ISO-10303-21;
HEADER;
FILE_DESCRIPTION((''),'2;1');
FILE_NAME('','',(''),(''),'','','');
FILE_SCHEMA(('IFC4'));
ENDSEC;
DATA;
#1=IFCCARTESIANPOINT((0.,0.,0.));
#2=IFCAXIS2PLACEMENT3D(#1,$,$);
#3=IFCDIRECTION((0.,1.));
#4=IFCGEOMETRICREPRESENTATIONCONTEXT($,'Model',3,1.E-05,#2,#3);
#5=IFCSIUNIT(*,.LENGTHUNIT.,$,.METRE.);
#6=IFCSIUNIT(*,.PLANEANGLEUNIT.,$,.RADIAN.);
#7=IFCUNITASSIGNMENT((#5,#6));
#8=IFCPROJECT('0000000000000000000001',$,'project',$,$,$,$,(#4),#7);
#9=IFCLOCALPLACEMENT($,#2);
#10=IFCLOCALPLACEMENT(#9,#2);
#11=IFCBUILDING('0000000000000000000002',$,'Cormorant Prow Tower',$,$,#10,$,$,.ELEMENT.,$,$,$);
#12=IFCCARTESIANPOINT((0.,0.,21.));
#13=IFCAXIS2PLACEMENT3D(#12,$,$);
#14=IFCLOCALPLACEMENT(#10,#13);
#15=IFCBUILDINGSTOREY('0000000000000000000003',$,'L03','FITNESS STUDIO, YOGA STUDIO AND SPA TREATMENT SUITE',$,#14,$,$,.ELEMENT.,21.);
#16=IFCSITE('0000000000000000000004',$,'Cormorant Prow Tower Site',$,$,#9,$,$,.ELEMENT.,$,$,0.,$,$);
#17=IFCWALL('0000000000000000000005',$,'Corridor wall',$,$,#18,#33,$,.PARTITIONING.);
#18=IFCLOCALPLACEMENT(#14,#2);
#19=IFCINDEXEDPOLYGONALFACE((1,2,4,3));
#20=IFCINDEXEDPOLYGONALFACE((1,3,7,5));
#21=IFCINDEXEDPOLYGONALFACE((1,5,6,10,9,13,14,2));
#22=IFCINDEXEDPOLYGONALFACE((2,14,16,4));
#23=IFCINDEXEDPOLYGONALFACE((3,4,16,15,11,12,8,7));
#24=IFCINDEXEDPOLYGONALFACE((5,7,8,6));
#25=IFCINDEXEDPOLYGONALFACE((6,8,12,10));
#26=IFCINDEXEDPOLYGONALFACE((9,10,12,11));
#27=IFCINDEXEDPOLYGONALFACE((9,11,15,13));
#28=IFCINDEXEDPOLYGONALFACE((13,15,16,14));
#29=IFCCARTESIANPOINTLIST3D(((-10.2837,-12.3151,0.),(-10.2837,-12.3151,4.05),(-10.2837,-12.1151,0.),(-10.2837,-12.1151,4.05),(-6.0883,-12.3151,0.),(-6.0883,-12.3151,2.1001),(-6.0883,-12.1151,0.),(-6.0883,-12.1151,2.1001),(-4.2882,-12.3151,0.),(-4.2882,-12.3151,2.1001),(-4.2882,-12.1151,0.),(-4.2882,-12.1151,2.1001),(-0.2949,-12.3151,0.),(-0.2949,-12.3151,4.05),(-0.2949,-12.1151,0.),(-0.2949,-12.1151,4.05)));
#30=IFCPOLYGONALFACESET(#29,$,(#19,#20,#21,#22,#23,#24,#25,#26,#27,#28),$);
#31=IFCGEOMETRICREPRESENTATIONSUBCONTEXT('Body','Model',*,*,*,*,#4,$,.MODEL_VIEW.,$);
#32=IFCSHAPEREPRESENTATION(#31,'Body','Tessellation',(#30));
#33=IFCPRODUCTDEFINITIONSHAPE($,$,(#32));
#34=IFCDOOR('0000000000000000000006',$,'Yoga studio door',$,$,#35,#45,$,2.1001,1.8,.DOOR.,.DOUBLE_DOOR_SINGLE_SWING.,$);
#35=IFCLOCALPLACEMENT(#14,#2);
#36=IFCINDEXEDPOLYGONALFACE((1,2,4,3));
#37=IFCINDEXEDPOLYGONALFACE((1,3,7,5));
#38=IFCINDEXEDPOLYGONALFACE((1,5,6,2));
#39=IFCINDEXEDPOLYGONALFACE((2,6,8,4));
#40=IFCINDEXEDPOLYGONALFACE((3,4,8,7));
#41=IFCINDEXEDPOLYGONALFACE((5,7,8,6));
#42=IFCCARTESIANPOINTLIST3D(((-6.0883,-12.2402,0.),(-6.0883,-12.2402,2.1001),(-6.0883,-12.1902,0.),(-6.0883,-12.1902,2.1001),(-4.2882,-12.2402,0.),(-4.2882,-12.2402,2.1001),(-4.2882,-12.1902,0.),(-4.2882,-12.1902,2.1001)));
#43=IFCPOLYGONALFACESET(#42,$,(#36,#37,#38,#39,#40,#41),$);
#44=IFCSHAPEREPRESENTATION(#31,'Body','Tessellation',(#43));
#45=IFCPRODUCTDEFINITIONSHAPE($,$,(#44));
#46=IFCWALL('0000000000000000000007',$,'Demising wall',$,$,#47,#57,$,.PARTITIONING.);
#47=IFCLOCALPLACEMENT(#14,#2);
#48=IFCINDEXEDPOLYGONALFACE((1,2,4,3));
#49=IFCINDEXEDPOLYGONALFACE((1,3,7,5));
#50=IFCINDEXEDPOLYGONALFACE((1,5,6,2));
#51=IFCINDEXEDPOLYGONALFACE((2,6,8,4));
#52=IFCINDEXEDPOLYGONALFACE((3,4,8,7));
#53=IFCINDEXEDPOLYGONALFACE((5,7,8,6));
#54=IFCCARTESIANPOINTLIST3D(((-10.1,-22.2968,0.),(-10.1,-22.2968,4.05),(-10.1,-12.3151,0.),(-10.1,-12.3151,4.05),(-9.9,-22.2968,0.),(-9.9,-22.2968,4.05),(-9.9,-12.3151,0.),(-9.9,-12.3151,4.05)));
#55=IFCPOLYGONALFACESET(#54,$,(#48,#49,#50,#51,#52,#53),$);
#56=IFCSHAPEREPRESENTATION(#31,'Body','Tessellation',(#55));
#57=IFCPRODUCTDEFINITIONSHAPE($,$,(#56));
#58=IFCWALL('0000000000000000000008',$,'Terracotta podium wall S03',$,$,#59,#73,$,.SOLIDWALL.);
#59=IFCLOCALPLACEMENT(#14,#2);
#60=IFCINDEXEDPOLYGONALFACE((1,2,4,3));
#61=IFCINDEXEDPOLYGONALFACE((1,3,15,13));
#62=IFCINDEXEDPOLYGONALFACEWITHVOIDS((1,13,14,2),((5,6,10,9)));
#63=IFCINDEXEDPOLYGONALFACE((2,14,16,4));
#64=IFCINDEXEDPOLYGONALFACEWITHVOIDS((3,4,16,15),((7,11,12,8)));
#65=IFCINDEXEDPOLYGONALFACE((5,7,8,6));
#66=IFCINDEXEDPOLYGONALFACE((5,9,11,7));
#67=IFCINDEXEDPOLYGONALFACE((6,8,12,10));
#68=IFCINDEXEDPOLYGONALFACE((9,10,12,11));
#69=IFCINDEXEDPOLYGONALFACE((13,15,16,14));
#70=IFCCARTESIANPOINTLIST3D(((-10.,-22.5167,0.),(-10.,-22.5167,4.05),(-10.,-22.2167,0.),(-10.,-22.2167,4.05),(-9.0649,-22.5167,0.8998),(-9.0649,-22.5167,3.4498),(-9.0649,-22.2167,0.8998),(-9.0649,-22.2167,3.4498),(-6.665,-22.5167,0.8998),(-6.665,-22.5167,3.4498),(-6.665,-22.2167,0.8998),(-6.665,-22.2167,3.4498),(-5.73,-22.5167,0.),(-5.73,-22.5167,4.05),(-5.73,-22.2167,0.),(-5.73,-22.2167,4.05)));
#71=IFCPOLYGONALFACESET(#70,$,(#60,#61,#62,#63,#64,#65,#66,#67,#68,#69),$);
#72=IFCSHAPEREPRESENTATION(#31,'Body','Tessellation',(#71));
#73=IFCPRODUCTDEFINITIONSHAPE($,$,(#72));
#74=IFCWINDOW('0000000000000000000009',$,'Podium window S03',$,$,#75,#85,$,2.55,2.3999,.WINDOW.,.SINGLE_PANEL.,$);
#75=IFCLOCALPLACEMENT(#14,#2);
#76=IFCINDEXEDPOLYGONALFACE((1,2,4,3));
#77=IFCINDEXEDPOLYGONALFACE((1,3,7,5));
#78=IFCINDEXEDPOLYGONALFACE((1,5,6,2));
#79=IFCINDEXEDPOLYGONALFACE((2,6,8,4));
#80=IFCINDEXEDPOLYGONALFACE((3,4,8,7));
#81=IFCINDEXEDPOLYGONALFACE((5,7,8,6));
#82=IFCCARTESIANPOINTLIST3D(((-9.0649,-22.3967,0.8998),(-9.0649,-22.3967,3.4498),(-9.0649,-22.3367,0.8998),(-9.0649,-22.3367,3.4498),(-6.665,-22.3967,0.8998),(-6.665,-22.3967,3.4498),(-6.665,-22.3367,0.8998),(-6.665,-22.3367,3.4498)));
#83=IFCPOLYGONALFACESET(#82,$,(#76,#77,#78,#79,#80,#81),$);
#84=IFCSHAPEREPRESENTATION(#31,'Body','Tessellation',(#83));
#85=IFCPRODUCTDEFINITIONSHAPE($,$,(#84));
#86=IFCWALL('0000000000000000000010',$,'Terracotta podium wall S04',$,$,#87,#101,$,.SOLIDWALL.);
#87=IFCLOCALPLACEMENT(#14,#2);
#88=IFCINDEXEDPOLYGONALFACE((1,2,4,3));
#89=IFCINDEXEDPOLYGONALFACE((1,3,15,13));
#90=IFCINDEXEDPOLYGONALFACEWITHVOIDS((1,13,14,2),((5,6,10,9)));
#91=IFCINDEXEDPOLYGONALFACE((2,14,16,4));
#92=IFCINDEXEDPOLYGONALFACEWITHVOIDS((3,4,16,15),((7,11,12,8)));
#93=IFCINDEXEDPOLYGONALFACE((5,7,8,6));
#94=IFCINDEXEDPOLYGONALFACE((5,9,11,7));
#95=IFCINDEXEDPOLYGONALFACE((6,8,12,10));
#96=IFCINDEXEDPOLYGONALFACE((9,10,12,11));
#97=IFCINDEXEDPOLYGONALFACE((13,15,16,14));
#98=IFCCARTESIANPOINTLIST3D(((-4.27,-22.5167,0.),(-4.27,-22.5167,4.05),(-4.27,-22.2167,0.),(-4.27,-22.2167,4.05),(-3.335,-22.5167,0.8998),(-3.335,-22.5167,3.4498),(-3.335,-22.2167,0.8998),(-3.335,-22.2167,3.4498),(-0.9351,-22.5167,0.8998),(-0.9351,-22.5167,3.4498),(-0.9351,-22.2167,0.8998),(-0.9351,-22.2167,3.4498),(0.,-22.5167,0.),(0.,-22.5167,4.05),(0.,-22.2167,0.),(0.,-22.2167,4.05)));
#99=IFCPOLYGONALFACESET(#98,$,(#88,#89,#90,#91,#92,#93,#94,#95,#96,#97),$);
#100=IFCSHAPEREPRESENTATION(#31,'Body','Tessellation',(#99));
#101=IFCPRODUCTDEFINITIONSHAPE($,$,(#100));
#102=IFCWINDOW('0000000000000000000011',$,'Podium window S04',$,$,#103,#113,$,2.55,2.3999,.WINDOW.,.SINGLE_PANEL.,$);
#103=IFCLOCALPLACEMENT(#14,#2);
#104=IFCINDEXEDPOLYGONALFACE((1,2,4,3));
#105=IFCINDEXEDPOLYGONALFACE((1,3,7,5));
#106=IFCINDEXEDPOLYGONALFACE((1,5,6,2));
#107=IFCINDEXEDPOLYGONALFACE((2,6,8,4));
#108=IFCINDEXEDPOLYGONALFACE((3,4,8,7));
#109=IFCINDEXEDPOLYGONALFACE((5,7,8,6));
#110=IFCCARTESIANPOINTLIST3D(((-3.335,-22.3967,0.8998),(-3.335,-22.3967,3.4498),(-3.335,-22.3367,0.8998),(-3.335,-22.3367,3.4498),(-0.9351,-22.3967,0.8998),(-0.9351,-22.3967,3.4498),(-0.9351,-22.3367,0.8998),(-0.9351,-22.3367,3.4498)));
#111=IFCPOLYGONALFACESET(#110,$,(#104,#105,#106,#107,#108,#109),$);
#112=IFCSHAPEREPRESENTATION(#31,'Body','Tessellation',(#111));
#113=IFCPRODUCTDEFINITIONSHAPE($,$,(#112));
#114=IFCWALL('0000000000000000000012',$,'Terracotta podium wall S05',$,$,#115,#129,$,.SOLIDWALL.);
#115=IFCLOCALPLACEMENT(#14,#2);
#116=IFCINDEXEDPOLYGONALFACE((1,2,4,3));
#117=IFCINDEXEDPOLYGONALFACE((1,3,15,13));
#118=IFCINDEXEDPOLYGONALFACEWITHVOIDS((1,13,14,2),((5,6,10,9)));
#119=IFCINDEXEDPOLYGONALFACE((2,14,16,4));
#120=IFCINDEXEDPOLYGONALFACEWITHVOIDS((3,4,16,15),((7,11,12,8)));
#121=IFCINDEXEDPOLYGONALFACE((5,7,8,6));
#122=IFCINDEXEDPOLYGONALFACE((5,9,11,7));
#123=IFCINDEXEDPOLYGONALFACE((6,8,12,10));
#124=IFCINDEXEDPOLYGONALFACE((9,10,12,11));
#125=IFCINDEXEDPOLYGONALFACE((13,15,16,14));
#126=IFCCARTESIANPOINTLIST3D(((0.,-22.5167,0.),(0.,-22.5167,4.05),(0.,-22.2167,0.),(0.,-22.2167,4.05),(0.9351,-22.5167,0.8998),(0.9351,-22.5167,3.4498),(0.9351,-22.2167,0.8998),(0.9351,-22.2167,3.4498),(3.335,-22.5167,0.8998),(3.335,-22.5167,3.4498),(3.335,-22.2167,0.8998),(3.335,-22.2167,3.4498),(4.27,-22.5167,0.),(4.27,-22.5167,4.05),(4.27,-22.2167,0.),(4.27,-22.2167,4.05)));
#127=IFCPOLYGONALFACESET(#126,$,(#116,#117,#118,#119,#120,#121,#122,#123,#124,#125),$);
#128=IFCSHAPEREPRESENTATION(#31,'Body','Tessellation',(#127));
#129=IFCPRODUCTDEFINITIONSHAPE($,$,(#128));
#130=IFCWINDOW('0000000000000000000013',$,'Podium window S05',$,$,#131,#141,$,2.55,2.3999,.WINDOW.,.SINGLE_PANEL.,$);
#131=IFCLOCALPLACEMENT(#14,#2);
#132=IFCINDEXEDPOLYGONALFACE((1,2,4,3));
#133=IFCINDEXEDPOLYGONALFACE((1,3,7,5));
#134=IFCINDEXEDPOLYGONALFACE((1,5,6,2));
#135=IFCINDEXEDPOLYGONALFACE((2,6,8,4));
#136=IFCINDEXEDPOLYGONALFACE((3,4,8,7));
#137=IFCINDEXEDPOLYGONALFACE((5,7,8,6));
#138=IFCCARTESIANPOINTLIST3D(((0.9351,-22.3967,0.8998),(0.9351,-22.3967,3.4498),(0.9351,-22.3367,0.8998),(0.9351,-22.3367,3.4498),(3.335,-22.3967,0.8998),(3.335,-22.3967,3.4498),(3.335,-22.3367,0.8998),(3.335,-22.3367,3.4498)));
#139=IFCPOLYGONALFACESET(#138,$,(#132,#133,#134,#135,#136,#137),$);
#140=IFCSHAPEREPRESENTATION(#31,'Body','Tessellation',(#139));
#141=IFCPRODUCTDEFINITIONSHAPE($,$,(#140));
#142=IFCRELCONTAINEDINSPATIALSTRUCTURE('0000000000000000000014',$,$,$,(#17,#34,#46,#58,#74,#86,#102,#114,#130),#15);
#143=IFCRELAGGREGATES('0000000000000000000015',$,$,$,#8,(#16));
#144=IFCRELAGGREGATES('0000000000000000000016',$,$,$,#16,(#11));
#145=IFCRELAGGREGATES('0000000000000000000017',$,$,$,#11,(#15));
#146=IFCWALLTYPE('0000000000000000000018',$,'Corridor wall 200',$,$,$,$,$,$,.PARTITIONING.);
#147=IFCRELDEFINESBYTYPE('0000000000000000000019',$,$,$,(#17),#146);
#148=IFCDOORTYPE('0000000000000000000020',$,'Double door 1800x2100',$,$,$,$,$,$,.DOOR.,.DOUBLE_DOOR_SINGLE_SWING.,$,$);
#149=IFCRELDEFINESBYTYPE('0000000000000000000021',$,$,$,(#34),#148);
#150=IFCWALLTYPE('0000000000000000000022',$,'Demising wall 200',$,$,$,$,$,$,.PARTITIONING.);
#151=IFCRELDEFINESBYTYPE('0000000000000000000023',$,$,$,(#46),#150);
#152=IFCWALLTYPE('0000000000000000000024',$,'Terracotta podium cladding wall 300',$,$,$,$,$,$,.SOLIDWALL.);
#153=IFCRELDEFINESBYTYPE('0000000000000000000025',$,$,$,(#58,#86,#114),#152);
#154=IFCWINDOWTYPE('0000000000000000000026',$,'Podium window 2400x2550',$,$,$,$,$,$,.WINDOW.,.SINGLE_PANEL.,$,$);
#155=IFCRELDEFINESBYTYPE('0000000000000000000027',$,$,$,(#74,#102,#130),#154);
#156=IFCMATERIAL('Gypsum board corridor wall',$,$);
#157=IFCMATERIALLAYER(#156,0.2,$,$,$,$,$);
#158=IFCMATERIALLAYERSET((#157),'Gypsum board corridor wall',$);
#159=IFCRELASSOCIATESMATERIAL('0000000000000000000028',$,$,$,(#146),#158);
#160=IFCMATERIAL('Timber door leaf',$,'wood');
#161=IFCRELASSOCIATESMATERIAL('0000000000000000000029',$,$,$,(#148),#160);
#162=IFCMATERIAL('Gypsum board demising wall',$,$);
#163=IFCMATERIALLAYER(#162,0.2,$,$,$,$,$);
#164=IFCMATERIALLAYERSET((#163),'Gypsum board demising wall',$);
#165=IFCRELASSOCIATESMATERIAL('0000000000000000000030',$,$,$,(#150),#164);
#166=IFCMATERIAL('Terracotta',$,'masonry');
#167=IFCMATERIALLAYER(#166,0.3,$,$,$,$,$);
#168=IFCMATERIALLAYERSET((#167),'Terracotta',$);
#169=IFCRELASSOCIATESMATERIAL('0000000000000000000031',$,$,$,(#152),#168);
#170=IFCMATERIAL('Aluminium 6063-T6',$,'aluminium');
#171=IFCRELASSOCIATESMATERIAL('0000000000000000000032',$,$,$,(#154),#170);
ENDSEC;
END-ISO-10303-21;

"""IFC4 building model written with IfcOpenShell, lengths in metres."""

from ifc_helpers import new_model, si_unit, direction, frame, frame_2d, origin, place, context, subcontext, project, spatial, rectangle, extrude, material, layer, layer_set, type_object, element, fill, save


model = new_model("IFC4")

# Units and contexts
model_context = context("Model", 3, precision=1e-05, world=origin(), true_north=direction((0.0, 1.0)))
body_context = subcontext(model_context, "Body", "Model", "MODEL_VIEW")
ifc_project = project(units=[si_unit("LENGTHUNIT", "METRE"), si_unit("PLANEANGLEUNIT", "RADIAN")], contexts=[model_context])

# Site, building, storey
site_placement = place(None, origin())
site = spatial("IfcSite", under=ifc_project, at=site_placement, Name="Cormorant Prow Tower Site", CompositionType="ELEMENT", RefElevation=0.0)
building_placement = place(site_placement, origin())
building = spatial("IfcBuilding", under=site, at=building_placement, Name="Cormorant Prow Tower", CompositionType="ELEMENT")
storey_placement = place(building_placement, frame((0.0, 0.0, 21.0)))
storey = spatial("IfcBuildingStorey", under=building, at=storey_placement, Name="L03", Description="FITNESS STUDIO, YOGA STUDIO AND SPA TREATMENT SUITE", CompositionType="ELEMENT", Elevation=21.0)

# Wall, opening, door
ifc_material_1 = material(Name="Gypsum board corridor wall")
ifc_layer_1 = layer(ifc_material_1, 0.2)
ifc_layer_set_1 = layer_set([ifc_layer_1], Name="Gypsum board corridor wall")
wall_type_1 = type_object("IfcWallType", Name="Corridor wall 200", PredefinedType="PARTITIONING", material=ifc_layer_set_1)
wall_1_placement = place(storey_placement, frame((-10.2837, -12.2151, 0.0), z_axis=(0.0, 0.0, 1.0), x_axis=(1.0, 0.0, 0.0)))
wall_1 = element("IfcWall", 1, at=wall_1_placement, inside=storey, type_object=wall_type_1, Name="Corridor wall", PredefinedType="PARTITIONING", context=body_context, shape_type="SweptSolid", body=[
    extrude(rectangle(XDim=9.9888, YDim=0.2, at=frame_2d((4.9944, 0.0))), origin(), (0.0, 0.0, 1.0), 4.05),
])
opening_1_placement = place(wall_1_placement, frame((4.1956, 0.0, 0.0)))
opening_1 = element("IfcOpeningElement", 2, at=opening_1_placement, cuts=wall_1, PredefinedType="OPENING", context=body_context, shape_type="SweptSolid", body=[
    extrude(rectangle(XDim=1.8, YDim=2.1001, at=frame_2d((0.8999, 1.05))), frame((0.0, 0.1099, 0.0), z_axis=(0.0, -1.0, 0.0), x_axis=(1.0, 0.0, 0.0)), (0.0, 0.0, 1.0), 0.22),
])
ifc_material_2 = material(Name="Timber door leaf", Category="wood")
door_type_1 = type_object("IfcDoorType", Name="Double door 1800x2100", OperationType="DOUBLE_DOOR_SINGLE_SWING", PredefinedType="DOOR", material=ifc_material_2)
door_1_placement = place(opening_1_placement, origin())
door_1 = element("IfcDoor", 3, at=door_1_placement, inside=storey, type_object=door_type_1, Name="Yoga studio door", OperationType="DOUBLE_DOOR_SINGLE_SWING", OverallHeight=2.1001, OverallWidth=1.8, PredefinedType="DOOR", context=body_context, shape_type="SweptSolid", body=[
    extrude(rectangle(XDim=1.8, YDim=2.1001, at=frame_2d((0.8999, 1.05))), frame((0.0, 0.0249, 0.0), z_axis=(0.0, -1.0, 0.0), x_axis=(1.0, 0.0, 0.0)), (0.0, 0.0, 1.0), 0.05),
])
fill(opening_1, door_1)

# Wall
ifc_material_3 = material(Name="Gypsum board demising wall")
ifc_layer_2 = layer(ifc_material_3, 0.2)
ifc_layer_set_2 = layer_set([ifc_layer_2], Name="Gypsum board demising wall")
wall_type_2 = type_object("IfcWallType", Name="Demising wall 200", PredefinedType="PARTITIONING", material=ifc_layer_set_2)
wall_2_placement = place(storey_placement, frame((-10.0, -22.2966, 0.0), z_axis=(0.0, 0.0, 1.0), x_axis=(0.0, 1.0, 0.0)))
element("IfcWall", 4, at=wall_2_placement, inside=storey, type_object=wall_type_2, Name="Demising wall", PredefinedType="PARTITIONING", context=body_context, shape_type="SweptSolid", body=[
    extrude(rectangle(XDim=9.9817, YDim=0.2, at=frame_2d((4.9907, 0.0))), origin(), (0.0, 0.0, 1.0), 4.05),
])

# Walls, openings, windows
ifc_material_4 = material(Name="Terracotta", Category="masonry")
ifc_layer_3 = layer(ifc_material_4, 0.3)
ifc_layer_set_3 = layer_set([ifc_layer_3], Name="Terracotta")
wall_type_3 = type_object("IfcWallType", Name="Terracotta podium cladding wall 300", PredefinedType="SOLIDWALL", material=ifc_layer_set_3)
wall_3_placement = place(storey_placement, frame((-10.0, -22.3667, 0.0), z_axis=(0.0, 0.0, 1.0), x_axis=(1.0, 0.0, 0.0)))
wall_3 = element("IfcWall", 5, at=wall_3_placement, inside=storey, type_object=wall_type_3, Name="Terracotta podium wall S03", PredefinedType="SOLIDWALL", context=body_context, shape_type="SweptSolid", body=[
    extrude(rectangle(XDim=4.27, YDim=0.3, at=frame_2d((2.135, 0.0))), origin(), (0.0, 0.0, 1.0), 4.05),
])
opening_2_placement = place(wall_3_placement, frame((0.9351, 0.0, 0.8999)))
opening_2 = element("IfcOpeningElement", 6, at=opening_2_placement, cuts=wall_3, PredefinedType="OPENING", context=body_context, shape_type="SweptSolid", body=[
    extrude(rectangle(XDim=2.3999, YDim=2.55, at=frame_2d((1.2, 1.2749))), frame((0.0, 0.1599, 0.0), z_axis=(0.0, -1.0, 0.0), x_axis=(1.0, 0.0, 0.0)), (0.0, 0.0, 1.0), 0.3201),
])
ifc_material_5 = material(Name="Aluminium 6063-T6", Category="aluminium")
window_type = type_object("IfcWindowType", Name="Podium window 2400x2550", PartitioningType="SINGLE_PANEL", PredefinedType="WINDOW", material=ifc_material_5)
window_1_placement = place(opening_2_placement, origin())
window_1 = element("IfcWindow", 7, at=window_1_placement, inside=storey, type_object=window_type, Name="Podium window S03", OverallHeight=2.55, OverallWidth=2.3999, PartitioningType="SINGLE_PANEL", PredefinedType="WINDOW", context=body_context, shape_type="SweptSolid", body=[
    extrude(rectangle(XDim=2.3999, YDim=2.55, at=frame_2d((1.2, 1.2749))), frame((0.0, 0.03, 0.0), z_axis=(0.0, -1.0, 0.0), x_axis=(1.0, 0.0, 0.0)), (0.0, 0.0, 1.0), 0.0601),
])
fill(opening_2, window_1)
wall_4_placement = place(storey_placement, frame((-4.27, -22.3667, 0.0), z_axis=(0.0, 0.0, 1.0), x_axis=(1.0, 0.0, 0.0)))
wall_4 = element("IfcWall", 8, at=wall_4_placement, inside=storey, type_object=wall_type_3, Name="Terracotta podium wall S04", PredefinedType="SOLIDWALL", context=body_context, shape_type="SweptSolid", body=[
    extrude(rectangle(XDim=4.27, YDim=0.3, at=frame_2d((2.135, 0.0))), origin(), (0.0, 0.0, 1.0), 4.05),
])
opening_3_placement = place(wall_4_placement, frame((0.9351, 0.0, 0.8999)))
opening_3 = element("IfcOpeningElement", 9, at=opening_3_placement, cuts=wall_4, PredefinedType="OPENING", context=body_context, shape_type="SweptSolid", body=[
    extrude(rectangle(XDim=2.3999, YDim=2.55, at=frame_2d((1.2, 1.2749))), frame((0.0, 0.1599, 0.0), z_axis=(0.0, -1.0, 0.0), x_axis=(1.0, 0.0, 0.0)), (0.0, 0.0, 1.0), 0.3201),
])
window_2_placement = place(opening_3_placement, origin())
window_2 = element("IfcWindow", 10, at=window_2_placement, inside=storey, type_object=window_type, Name="Podium window S04", OverallHeight=2.55, OverallWidth=2.3999, PartitioningType="SINGLE_PANEL", PredefinedType="WINDOW", context=body_context, shape_type="SweptSolid", body=[
    extrude(rectangle(XDim=2.3999, YDim=2.55, at=frame_2d((1.2, 1.2749))), frame((0.0, 0.03, 0.0), z_axis=(0.0, -1.0, 0.0), x_axis=(1.0, 0.0, 0.0)), (0.0, 0.0, 1.0), 0.0601),
])
fill(opening_3, window_2)
wall_5_placement = place(storey_placement, frame((0.0, -22.3667, 0.0), z_axis=(0.0, 0.0, 1.0), x_axis=(1.0, 0.0, 0.0)))
wall_5 = element("IfcWall", 11, at=wall_5_placement, inside=storey, type_object=wall_type_3, Name="Terracotta podium wall S05", PredefinedType="SOLIDWALL", context=body_context, shape_type="SweptSolid", body=[
    extrude(rectangle(XDim=4.27, YDim=0.3, at=frame_2d((2.135, 0.0))), origin(), (0.0, 0.0, 1.0), 4.05),
])
opening_4_placement = place(wall_5_placement, frame((0.9351, 0.0, 0.8999)))
opening_4 = element("IfcOpeningElement", 12, at=opening_4_placement, cuts=wall_5, PredefinedType="OPENING", context=body_context, shape_type="SweptSolid", body=[
    extrude(rectangle(XDim=2.3999, YDim=2.55, at=frame_2d((1.2, 1.2749))), frame((0.0, 0.1599, 0.0), z_axis=(0.0, -1.0, 0.0), x_axis=(1.0, 0.0, 0.0)), (0.0, 0.0, 1.0), 0.3201),
])
window_3_placement = place(opening_4_placement, origin())
window_3 = element("IfcWindow", 13, at=window_3_placement, inside=storey, type_object=window_type, Name="Podium window S05", OverallHeight=2.55, OverallWidth=2.3999, PartitioningType="SINGLE_PANEL", PredefinedType="WINDOW", context=body_context, shape_type="SweptSolid", body=[
    extrude(rectangle(XDim=2.3999, YDim=2.55, at=frame_2d((1.2, 1.2749))), frame((0.0, 0.03, 0.0), z_axis=(0.0, -1.0, 0.0), x_axis=(1.0, 0.0, 0.0)), (0.0, 0.0, 1.0), 0.0601),
])
fill(opening_4, window_3)

save(model, "model.ifc")
